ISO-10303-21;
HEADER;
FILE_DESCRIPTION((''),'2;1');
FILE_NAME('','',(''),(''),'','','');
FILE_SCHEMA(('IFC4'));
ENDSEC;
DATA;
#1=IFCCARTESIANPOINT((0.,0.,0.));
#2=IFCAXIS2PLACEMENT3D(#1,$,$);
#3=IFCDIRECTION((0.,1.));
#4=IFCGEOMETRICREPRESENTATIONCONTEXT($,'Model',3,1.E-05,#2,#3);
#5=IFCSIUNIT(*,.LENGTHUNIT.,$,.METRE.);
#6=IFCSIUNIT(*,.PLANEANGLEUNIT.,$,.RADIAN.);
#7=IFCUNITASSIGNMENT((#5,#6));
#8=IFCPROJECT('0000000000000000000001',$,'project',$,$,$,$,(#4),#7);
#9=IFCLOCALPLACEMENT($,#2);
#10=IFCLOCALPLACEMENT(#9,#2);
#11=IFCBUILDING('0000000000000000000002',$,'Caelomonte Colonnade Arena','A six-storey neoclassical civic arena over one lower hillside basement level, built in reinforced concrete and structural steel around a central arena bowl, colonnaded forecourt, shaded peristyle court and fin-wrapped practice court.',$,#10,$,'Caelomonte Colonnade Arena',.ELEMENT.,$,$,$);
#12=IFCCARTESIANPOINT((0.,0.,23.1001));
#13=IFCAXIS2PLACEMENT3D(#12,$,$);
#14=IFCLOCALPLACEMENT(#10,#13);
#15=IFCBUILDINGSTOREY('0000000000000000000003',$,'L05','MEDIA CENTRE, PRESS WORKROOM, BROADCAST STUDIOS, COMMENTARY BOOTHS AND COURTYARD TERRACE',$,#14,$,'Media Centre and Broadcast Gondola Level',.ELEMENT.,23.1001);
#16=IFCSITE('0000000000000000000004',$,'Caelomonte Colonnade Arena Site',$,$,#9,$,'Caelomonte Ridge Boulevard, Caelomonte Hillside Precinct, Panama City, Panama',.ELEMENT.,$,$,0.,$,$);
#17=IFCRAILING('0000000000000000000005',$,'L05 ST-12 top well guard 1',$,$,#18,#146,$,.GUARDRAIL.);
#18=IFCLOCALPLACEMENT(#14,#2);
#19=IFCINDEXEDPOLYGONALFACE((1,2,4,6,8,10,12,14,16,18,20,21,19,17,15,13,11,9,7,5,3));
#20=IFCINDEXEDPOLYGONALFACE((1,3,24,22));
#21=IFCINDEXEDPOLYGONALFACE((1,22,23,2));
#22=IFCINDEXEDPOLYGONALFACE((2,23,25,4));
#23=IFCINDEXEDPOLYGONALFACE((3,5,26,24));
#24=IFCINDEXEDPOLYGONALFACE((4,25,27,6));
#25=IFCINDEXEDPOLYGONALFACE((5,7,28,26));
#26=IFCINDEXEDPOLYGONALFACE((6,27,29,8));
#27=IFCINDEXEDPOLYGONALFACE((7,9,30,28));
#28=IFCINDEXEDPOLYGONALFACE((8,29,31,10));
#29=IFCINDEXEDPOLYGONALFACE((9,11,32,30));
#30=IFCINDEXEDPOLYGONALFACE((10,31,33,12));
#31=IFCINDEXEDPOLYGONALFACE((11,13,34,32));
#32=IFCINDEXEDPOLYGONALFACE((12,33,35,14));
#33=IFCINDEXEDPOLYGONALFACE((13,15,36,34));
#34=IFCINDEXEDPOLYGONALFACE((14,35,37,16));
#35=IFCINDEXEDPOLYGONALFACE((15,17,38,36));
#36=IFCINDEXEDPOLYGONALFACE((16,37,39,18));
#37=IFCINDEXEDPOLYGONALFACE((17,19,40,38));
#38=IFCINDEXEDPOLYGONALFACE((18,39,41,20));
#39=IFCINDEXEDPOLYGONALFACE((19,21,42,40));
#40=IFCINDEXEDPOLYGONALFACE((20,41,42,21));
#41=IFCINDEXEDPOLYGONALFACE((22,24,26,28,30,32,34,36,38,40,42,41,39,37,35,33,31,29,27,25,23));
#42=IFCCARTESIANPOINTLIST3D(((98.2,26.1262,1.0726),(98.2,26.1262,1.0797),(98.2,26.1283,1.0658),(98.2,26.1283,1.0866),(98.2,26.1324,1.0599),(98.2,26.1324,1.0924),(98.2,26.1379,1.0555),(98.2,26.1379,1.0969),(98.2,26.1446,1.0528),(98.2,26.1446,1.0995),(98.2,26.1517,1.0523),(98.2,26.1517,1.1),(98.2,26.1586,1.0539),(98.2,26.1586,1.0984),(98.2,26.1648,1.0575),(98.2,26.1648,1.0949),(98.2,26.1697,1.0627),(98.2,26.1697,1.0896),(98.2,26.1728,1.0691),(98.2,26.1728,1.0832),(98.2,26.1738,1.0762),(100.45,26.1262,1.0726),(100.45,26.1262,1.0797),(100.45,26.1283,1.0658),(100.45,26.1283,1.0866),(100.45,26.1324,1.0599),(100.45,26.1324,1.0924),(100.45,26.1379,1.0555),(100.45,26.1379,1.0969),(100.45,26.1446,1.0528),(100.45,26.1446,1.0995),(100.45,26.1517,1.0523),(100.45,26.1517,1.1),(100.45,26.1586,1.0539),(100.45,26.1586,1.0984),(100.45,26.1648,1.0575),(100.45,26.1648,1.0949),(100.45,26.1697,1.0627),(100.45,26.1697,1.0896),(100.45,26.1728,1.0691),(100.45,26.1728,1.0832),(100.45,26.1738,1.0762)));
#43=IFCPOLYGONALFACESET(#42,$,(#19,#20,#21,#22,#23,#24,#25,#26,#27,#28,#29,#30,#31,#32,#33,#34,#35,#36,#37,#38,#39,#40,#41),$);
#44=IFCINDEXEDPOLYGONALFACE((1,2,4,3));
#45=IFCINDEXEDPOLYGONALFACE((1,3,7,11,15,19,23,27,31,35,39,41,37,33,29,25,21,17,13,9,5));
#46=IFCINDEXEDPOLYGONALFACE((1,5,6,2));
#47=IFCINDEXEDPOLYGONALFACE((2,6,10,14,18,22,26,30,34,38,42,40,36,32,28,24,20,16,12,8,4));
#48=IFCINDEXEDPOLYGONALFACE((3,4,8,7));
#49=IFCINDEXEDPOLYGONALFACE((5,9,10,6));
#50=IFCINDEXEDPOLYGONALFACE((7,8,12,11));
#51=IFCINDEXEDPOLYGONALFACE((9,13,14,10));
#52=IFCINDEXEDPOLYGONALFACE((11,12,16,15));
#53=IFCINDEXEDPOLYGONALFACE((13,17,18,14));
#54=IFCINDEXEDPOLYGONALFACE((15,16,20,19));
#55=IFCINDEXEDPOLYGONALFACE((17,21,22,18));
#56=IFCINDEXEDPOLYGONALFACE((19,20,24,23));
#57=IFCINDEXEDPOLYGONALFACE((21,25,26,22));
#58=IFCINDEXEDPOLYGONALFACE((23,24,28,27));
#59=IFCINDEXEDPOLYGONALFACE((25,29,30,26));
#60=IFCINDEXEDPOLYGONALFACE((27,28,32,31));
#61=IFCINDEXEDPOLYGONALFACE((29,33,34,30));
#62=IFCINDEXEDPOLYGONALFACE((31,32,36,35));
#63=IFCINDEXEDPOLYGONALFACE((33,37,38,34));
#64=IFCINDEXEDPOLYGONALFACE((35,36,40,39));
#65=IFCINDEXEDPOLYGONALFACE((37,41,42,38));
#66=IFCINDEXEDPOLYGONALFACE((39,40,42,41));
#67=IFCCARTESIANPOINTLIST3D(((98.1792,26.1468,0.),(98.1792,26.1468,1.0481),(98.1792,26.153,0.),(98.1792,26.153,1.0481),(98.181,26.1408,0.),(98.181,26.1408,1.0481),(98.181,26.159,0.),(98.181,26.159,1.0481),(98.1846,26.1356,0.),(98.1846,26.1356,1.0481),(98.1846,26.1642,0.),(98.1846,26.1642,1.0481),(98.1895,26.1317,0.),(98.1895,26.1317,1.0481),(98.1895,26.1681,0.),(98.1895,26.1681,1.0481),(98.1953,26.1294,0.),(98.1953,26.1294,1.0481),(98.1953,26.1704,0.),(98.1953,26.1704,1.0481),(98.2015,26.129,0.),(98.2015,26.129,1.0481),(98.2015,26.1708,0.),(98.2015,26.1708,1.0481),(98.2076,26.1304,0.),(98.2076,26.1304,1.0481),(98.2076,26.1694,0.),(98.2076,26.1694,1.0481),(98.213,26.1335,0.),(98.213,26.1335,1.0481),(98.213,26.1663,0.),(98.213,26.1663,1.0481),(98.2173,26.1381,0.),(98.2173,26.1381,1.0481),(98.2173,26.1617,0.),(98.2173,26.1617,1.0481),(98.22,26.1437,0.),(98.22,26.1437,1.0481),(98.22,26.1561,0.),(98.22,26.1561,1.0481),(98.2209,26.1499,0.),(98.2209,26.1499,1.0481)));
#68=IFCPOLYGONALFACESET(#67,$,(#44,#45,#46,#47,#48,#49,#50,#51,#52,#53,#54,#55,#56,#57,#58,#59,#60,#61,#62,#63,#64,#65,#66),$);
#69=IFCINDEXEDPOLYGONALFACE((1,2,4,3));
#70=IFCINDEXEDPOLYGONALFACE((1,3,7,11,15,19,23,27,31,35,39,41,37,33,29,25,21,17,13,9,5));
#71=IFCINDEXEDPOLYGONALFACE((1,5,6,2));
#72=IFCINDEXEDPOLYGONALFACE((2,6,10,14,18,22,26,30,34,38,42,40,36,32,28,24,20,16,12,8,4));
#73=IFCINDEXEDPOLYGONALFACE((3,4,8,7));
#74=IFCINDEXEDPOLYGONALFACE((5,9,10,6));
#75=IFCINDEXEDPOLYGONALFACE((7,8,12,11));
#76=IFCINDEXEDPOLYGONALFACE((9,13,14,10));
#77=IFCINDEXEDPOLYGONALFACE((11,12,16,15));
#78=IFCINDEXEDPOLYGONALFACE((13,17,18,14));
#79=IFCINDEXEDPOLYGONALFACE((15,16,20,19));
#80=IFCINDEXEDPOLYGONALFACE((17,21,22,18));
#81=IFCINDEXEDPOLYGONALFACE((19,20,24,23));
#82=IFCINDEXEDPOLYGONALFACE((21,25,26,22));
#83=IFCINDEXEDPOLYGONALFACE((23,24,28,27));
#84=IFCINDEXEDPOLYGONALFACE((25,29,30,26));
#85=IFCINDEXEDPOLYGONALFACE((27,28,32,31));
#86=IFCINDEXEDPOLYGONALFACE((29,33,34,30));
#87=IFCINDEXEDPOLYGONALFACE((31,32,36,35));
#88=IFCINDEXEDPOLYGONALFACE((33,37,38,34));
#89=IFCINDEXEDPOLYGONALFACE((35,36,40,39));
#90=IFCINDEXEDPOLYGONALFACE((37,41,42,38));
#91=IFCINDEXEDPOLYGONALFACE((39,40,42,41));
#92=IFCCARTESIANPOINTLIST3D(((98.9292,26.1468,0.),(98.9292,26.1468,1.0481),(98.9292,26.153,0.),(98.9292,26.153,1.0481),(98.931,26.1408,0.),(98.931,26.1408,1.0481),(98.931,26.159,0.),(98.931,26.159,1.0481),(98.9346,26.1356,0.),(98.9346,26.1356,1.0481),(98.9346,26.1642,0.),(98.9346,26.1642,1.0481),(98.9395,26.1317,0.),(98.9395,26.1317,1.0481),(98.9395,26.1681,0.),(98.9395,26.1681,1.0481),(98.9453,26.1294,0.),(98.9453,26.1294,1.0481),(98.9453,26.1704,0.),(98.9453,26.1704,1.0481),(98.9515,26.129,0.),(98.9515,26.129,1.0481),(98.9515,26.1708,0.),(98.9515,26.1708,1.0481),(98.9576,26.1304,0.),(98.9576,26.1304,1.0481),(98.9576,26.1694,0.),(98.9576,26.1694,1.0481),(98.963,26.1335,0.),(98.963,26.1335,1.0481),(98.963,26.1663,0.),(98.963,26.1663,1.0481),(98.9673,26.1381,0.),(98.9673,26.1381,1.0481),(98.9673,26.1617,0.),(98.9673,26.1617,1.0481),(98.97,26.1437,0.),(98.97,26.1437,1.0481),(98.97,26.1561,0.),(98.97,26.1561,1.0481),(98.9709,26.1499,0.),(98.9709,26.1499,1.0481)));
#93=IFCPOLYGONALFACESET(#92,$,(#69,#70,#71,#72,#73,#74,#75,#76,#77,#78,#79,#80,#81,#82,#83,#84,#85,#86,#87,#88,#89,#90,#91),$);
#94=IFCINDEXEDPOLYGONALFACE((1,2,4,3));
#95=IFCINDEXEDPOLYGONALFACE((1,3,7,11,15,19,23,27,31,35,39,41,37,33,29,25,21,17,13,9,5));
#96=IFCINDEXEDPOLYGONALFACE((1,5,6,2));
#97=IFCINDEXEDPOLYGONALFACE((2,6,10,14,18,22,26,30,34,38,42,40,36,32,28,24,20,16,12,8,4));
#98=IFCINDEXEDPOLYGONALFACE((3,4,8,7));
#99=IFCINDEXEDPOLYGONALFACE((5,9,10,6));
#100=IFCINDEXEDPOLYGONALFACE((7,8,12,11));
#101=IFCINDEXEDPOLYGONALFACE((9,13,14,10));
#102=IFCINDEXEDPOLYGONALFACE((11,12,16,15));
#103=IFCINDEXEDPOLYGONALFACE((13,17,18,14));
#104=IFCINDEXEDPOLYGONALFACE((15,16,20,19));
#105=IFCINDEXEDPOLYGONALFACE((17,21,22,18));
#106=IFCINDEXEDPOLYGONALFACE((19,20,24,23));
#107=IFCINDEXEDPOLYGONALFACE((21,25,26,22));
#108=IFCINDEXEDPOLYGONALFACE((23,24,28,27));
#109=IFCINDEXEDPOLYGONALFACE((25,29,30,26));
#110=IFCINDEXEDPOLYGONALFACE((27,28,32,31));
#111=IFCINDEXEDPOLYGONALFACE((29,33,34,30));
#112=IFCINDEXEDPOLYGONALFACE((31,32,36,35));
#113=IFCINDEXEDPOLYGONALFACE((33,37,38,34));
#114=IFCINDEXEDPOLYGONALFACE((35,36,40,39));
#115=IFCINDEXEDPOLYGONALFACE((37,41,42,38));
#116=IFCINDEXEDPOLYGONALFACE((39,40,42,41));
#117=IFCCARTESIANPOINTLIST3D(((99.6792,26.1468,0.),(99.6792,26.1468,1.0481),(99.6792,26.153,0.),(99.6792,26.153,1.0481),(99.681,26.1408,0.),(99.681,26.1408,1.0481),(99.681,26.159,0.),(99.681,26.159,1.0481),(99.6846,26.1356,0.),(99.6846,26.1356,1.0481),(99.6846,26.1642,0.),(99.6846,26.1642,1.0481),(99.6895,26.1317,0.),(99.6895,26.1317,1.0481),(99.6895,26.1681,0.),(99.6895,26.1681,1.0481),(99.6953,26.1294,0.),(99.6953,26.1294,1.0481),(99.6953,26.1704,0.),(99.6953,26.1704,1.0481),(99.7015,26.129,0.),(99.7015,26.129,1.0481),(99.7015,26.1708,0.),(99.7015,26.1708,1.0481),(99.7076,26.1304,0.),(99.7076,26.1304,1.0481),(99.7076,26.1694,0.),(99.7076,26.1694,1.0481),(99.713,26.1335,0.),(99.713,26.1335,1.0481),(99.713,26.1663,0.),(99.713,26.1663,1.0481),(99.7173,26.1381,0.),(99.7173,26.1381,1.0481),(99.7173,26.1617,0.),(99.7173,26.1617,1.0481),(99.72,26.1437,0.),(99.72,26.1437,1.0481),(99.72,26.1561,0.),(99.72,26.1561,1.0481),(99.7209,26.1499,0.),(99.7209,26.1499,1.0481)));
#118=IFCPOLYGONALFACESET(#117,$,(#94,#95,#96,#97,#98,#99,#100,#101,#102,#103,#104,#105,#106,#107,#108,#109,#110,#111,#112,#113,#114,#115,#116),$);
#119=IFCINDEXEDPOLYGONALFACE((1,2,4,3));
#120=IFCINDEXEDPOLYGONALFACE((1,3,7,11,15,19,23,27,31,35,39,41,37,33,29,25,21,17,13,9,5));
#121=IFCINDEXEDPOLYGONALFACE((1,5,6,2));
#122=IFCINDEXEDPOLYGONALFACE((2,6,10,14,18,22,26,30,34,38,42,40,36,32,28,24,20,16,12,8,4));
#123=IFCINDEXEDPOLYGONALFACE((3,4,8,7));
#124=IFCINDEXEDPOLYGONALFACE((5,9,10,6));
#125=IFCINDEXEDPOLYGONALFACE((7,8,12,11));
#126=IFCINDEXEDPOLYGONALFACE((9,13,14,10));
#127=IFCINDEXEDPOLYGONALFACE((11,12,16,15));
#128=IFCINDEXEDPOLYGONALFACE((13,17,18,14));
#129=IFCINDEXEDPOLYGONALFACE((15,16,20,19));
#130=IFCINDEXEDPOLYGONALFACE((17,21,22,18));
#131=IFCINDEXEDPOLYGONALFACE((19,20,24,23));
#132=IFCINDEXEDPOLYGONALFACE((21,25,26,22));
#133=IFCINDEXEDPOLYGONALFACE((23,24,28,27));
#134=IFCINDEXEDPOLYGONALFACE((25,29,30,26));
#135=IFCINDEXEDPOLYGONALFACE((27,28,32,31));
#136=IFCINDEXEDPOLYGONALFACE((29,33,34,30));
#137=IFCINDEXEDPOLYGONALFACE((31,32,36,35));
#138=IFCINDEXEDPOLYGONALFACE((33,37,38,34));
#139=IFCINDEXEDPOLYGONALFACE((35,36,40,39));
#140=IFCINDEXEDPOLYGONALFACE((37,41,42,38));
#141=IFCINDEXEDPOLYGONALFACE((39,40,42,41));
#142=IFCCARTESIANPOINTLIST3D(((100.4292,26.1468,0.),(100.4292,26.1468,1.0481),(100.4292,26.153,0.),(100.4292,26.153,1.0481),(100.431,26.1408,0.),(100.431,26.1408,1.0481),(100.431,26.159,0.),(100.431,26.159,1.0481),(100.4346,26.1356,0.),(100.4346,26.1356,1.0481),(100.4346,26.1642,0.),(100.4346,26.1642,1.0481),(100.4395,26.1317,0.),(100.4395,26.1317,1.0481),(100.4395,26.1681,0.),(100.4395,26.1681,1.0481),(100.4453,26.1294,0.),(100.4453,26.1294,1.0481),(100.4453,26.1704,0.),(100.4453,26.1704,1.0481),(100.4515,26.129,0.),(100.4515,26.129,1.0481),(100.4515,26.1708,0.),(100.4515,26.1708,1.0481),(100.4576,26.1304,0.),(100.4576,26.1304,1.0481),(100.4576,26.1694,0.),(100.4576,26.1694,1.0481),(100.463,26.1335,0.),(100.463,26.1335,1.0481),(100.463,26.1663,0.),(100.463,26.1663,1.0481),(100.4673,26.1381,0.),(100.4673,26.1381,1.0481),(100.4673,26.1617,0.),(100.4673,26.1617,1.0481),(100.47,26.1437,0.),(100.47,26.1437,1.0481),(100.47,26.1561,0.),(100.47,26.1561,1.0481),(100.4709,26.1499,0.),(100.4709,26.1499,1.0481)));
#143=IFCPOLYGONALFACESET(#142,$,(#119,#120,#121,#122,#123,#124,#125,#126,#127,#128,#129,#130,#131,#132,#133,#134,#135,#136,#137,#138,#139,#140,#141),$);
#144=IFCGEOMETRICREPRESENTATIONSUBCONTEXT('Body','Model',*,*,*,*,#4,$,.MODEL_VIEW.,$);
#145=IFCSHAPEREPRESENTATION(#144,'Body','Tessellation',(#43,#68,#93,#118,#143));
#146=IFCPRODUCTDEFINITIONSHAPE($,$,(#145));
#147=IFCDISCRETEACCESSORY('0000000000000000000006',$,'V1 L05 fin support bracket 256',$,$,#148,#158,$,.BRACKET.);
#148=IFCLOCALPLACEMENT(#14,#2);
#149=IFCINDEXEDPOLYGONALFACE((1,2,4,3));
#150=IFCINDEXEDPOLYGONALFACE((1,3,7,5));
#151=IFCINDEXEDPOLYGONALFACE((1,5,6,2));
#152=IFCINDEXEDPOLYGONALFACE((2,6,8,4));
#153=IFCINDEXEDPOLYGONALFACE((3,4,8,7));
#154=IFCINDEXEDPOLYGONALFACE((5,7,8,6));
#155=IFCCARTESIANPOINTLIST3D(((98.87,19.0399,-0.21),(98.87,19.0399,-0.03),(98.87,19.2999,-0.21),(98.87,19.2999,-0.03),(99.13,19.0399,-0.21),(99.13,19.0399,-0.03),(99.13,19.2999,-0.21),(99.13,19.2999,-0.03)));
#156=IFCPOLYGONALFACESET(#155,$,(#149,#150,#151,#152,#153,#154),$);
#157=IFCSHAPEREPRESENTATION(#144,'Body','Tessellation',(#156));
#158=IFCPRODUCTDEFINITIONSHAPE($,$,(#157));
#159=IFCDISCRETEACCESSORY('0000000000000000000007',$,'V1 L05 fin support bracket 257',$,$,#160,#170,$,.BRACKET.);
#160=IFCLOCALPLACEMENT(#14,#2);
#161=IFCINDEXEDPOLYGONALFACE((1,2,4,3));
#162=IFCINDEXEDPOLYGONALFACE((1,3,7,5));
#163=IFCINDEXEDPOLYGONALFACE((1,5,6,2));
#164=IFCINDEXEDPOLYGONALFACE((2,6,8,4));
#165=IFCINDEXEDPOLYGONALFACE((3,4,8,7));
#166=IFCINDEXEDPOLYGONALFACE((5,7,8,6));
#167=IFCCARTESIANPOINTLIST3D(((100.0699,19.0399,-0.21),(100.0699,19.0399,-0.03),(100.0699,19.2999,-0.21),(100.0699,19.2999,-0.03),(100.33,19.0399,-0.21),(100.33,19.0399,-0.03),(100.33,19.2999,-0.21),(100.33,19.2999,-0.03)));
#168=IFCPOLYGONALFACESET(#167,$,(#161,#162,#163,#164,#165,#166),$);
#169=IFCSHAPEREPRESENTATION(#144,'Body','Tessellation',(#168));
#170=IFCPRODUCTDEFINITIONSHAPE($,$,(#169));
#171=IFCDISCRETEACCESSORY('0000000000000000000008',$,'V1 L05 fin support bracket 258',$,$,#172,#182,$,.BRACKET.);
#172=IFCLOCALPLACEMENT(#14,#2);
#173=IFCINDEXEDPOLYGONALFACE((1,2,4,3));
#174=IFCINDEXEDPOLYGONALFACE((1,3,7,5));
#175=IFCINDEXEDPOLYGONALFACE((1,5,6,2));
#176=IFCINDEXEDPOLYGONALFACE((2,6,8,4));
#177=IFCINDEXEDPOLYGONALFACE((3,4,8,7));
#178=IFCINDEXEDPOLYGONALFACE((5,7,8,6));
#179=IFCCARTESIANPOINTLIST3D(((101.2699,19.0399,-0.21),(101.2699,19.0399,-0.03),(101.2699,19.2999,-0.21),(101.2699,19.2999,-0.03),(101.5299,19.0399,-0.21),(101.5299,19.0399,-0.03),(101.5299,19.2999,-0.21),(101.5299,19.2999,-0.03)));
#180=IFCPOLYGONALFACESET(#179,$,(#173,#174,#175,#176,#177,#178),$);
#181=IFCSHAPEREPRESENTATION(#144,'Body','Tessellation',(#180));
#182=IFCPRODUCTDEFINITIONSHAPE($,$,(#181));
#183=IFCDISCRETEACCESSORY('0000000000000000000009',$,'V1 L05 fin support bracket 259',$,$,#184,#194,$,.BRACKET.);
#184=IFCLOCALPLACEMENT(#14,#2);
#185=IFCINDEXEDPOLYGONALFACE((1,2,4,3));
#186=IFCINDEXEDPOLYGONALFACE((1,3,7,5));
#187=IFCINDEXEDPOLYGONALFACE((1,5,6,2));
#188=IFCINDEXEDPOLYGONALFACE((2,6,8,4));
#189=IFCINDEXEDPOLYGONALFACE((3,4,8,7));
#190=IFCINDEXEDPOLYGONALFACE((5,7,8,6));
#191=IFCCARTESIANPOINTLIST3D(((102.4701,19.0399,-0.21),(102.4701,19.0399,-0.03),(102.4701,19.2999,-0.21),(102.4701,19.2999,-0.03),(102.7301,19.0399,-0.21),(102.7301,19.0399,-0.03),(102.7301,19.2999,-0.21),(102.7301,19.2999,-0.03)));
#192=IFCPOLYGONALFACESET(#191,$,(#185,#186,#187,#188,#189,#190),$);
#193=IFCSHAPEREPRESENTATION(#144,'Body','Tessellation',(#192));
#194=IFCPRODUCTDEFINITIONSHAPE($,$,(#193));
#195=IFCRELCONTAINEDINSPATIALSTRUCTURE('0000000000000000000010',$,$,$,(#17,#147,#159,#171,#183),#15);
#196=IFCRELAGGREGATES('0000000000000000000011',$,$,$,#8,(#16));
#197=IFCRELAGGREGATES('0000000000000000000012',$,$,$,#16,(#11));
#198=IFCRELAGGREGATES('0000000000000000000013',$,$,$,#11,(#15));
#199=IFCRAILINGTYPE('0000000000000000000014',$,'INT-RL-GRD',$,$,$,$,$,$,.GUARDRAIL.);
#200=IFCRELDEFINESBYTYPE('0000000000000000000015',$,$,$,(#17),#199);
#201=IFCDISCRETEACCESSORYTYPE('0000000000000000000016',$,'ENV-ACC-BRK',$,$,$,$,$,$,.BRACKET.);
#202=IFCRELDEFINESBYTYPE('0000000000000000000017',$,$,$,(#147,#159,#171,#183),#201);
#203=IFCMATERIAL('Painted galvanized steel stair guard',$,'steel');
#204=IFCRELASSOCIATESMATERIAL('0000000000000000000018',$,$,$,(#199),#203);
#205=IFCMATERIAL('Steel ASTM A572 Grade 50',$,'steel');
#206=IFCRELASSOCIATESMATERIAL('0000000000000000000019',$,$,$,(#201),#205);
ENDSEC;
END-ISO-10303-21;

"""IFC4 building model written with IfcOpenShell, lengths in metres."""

from ifc_helpers import new_model, si_unit, direction, frame, origin, origin_2d, place, context, subcontext, project, spatial, rectangle, circle, extrude, material, type_object, element, save


model = new_model("IFC4")

# Units and contexts
model_context = context("Model", 3, precision=1e-05, world=origin(), true_north=direction((0.0, 1.0)))
body_context = subcontext(model_context, "Body", "Model", "MODEL_VIEW")
ifc_project = project(units=[si_unit("LENGTHUNIT", "METRE"), si_unit("PLANEANGLEUNIT", "RADIAN")], contexts=[model_context])

# Site, building, storey
site_placement = place(None, origin())
site = spatial("IfcSite", under=ifc_project, at=site_placement, Name="Caelomonte Colonnade Arena Site", LongName="Caelomonte Ridge Boulevard, Caelomonte Hillside Precinct, Panama City, Panama", CompositionType="ELEMENT", RefElevation=0.0)
building_placement = place(site_placement, origin())
building = spatial("IfcBuilding", under=site, at=building_placement, Name="Caelomonte Colonnade Arena", Description="A six-storey neoclassical civic arena over one lower hillside basement level, built in reinforced concrete and structural steel around a central arena bowl, colonnaded forecourt, shaded peristyle court and fin-wrapped practice court.", LongName="Caelomonte Colonnade Arena", CompositionType="ELEMENT")
storey_placement = place(building_placement, frame((0.0, 0.0, 23.1001)))
storey = spatial("IfcBuildingStorey", under=building, at=storey_placement, Name="L05", Description="MEDIA CENTRE, PRESS WORKROOM, BROADCAST STUDIOS, COMMENTARY BOOTHS AND COURTYARD TERRACE", LongName="Media Centre and Broadcast Gondola Level", CompositionType="ELEMENT", Elevation=23.1001)

# Railing
ifc_material_1 = material(Name="Painted galvanized steel stair guard", Category="steel")
railing_type = type_object("IfcRailingType", Name="INT-RL-GRD", PredefinedType="GUARDRAIL", material=ifc_material_1)
railing_placement = place(storey_placement, frame((98.2, 26.1499, 0.0)))
element("IfcRailing", 1, at=railing_placement, inside=storey, type_object=railing_type, Name="L05 ST-12 top well guard 1", PredefinedType="GUARDRAIL", context=body_context, shape_type="SweptSolid", body=[
    extrude(circle(Radius=0.0239, at=origin_2d()), frame((0.0, 0.0, 1.0762), z_axis=(1.0, 0.0, 0.0), x_axis=(0.0, 1.0, 0.0)), (0.0, 0.0, 1.0), 2.25),
    extrude(circle(Radius=0.021, at=origin_2d()), origin(), (0.0, 0.0, 1.0), 1.0481),
    extrude(circle(Radius=0.021, at=origin_2d()), frame((0.75, 0.0, 0.0)), (0.0, 0.0, 1.0), 1.0481),
    extrude(circle(Radius=0.021, at=origin_2d()), frame((1.5, 0.0, 0.0)), (0.0, 0.0, 1.0), 1.0481),
    extrude(circle(Radius=0.021, at=origin_2d()), frame((2.25, 0.0, 0.0)), (0.0, 0.0, 1.0), 1.0481),
])

# Discrete accessories
ifc_material_2 = material(Name="Steel ASTM A572 Grade 50", Category="steel")
discrete_accessory_type = type_object("IfcDiscreteAccessoryType", Name="ENV-ACC-BRK", PredefinedType="BRACKET", material=ifc_material_2)
for number, where, z_axis, x_axis, name in (
    (2, (99.0, 19.1699, -0.21), (0.0, 0.0, 1.0), (1.0, 0.0, 0.0), "V1 L05 fin support bracket 256"),
    (3, (100.2, 19.1699, -0.21), (0.0, 0.0, 1.0), (1.0, 0.0, 0.0), "V1 L05 fin support bracket 257"),
    (4, (101.3999, 19.1699, -0.21), (0.0, 0.0, 1.0), (1.0, 0.0, 0.0), "V1 L05 fin support bracket 258"),
    (5, (102.6001, 19.1699, -0.21), (0.0, 0.0, 1.0), (1.0, 0.0, 0.0), "V1 L05 fin support bracket 259"),
):
    element("IfcDiscreteAccessory", number, at=place(storey_placement, frame(where, z_axis=z_axis, x_axis=x_axis)), inside=storey, type_object=discrete_accessory_type, Name=name, PredefinedType="BRACKET", context=body_context, shape_type="SweptSolid", body=[
        extrude(rectangle(XDim=0.26, YDim=0.26, at=origin_2d()), origin(), (0.0, 0.0, 1.0), 0.1799),
    ])

save(model, "model.ifc")
